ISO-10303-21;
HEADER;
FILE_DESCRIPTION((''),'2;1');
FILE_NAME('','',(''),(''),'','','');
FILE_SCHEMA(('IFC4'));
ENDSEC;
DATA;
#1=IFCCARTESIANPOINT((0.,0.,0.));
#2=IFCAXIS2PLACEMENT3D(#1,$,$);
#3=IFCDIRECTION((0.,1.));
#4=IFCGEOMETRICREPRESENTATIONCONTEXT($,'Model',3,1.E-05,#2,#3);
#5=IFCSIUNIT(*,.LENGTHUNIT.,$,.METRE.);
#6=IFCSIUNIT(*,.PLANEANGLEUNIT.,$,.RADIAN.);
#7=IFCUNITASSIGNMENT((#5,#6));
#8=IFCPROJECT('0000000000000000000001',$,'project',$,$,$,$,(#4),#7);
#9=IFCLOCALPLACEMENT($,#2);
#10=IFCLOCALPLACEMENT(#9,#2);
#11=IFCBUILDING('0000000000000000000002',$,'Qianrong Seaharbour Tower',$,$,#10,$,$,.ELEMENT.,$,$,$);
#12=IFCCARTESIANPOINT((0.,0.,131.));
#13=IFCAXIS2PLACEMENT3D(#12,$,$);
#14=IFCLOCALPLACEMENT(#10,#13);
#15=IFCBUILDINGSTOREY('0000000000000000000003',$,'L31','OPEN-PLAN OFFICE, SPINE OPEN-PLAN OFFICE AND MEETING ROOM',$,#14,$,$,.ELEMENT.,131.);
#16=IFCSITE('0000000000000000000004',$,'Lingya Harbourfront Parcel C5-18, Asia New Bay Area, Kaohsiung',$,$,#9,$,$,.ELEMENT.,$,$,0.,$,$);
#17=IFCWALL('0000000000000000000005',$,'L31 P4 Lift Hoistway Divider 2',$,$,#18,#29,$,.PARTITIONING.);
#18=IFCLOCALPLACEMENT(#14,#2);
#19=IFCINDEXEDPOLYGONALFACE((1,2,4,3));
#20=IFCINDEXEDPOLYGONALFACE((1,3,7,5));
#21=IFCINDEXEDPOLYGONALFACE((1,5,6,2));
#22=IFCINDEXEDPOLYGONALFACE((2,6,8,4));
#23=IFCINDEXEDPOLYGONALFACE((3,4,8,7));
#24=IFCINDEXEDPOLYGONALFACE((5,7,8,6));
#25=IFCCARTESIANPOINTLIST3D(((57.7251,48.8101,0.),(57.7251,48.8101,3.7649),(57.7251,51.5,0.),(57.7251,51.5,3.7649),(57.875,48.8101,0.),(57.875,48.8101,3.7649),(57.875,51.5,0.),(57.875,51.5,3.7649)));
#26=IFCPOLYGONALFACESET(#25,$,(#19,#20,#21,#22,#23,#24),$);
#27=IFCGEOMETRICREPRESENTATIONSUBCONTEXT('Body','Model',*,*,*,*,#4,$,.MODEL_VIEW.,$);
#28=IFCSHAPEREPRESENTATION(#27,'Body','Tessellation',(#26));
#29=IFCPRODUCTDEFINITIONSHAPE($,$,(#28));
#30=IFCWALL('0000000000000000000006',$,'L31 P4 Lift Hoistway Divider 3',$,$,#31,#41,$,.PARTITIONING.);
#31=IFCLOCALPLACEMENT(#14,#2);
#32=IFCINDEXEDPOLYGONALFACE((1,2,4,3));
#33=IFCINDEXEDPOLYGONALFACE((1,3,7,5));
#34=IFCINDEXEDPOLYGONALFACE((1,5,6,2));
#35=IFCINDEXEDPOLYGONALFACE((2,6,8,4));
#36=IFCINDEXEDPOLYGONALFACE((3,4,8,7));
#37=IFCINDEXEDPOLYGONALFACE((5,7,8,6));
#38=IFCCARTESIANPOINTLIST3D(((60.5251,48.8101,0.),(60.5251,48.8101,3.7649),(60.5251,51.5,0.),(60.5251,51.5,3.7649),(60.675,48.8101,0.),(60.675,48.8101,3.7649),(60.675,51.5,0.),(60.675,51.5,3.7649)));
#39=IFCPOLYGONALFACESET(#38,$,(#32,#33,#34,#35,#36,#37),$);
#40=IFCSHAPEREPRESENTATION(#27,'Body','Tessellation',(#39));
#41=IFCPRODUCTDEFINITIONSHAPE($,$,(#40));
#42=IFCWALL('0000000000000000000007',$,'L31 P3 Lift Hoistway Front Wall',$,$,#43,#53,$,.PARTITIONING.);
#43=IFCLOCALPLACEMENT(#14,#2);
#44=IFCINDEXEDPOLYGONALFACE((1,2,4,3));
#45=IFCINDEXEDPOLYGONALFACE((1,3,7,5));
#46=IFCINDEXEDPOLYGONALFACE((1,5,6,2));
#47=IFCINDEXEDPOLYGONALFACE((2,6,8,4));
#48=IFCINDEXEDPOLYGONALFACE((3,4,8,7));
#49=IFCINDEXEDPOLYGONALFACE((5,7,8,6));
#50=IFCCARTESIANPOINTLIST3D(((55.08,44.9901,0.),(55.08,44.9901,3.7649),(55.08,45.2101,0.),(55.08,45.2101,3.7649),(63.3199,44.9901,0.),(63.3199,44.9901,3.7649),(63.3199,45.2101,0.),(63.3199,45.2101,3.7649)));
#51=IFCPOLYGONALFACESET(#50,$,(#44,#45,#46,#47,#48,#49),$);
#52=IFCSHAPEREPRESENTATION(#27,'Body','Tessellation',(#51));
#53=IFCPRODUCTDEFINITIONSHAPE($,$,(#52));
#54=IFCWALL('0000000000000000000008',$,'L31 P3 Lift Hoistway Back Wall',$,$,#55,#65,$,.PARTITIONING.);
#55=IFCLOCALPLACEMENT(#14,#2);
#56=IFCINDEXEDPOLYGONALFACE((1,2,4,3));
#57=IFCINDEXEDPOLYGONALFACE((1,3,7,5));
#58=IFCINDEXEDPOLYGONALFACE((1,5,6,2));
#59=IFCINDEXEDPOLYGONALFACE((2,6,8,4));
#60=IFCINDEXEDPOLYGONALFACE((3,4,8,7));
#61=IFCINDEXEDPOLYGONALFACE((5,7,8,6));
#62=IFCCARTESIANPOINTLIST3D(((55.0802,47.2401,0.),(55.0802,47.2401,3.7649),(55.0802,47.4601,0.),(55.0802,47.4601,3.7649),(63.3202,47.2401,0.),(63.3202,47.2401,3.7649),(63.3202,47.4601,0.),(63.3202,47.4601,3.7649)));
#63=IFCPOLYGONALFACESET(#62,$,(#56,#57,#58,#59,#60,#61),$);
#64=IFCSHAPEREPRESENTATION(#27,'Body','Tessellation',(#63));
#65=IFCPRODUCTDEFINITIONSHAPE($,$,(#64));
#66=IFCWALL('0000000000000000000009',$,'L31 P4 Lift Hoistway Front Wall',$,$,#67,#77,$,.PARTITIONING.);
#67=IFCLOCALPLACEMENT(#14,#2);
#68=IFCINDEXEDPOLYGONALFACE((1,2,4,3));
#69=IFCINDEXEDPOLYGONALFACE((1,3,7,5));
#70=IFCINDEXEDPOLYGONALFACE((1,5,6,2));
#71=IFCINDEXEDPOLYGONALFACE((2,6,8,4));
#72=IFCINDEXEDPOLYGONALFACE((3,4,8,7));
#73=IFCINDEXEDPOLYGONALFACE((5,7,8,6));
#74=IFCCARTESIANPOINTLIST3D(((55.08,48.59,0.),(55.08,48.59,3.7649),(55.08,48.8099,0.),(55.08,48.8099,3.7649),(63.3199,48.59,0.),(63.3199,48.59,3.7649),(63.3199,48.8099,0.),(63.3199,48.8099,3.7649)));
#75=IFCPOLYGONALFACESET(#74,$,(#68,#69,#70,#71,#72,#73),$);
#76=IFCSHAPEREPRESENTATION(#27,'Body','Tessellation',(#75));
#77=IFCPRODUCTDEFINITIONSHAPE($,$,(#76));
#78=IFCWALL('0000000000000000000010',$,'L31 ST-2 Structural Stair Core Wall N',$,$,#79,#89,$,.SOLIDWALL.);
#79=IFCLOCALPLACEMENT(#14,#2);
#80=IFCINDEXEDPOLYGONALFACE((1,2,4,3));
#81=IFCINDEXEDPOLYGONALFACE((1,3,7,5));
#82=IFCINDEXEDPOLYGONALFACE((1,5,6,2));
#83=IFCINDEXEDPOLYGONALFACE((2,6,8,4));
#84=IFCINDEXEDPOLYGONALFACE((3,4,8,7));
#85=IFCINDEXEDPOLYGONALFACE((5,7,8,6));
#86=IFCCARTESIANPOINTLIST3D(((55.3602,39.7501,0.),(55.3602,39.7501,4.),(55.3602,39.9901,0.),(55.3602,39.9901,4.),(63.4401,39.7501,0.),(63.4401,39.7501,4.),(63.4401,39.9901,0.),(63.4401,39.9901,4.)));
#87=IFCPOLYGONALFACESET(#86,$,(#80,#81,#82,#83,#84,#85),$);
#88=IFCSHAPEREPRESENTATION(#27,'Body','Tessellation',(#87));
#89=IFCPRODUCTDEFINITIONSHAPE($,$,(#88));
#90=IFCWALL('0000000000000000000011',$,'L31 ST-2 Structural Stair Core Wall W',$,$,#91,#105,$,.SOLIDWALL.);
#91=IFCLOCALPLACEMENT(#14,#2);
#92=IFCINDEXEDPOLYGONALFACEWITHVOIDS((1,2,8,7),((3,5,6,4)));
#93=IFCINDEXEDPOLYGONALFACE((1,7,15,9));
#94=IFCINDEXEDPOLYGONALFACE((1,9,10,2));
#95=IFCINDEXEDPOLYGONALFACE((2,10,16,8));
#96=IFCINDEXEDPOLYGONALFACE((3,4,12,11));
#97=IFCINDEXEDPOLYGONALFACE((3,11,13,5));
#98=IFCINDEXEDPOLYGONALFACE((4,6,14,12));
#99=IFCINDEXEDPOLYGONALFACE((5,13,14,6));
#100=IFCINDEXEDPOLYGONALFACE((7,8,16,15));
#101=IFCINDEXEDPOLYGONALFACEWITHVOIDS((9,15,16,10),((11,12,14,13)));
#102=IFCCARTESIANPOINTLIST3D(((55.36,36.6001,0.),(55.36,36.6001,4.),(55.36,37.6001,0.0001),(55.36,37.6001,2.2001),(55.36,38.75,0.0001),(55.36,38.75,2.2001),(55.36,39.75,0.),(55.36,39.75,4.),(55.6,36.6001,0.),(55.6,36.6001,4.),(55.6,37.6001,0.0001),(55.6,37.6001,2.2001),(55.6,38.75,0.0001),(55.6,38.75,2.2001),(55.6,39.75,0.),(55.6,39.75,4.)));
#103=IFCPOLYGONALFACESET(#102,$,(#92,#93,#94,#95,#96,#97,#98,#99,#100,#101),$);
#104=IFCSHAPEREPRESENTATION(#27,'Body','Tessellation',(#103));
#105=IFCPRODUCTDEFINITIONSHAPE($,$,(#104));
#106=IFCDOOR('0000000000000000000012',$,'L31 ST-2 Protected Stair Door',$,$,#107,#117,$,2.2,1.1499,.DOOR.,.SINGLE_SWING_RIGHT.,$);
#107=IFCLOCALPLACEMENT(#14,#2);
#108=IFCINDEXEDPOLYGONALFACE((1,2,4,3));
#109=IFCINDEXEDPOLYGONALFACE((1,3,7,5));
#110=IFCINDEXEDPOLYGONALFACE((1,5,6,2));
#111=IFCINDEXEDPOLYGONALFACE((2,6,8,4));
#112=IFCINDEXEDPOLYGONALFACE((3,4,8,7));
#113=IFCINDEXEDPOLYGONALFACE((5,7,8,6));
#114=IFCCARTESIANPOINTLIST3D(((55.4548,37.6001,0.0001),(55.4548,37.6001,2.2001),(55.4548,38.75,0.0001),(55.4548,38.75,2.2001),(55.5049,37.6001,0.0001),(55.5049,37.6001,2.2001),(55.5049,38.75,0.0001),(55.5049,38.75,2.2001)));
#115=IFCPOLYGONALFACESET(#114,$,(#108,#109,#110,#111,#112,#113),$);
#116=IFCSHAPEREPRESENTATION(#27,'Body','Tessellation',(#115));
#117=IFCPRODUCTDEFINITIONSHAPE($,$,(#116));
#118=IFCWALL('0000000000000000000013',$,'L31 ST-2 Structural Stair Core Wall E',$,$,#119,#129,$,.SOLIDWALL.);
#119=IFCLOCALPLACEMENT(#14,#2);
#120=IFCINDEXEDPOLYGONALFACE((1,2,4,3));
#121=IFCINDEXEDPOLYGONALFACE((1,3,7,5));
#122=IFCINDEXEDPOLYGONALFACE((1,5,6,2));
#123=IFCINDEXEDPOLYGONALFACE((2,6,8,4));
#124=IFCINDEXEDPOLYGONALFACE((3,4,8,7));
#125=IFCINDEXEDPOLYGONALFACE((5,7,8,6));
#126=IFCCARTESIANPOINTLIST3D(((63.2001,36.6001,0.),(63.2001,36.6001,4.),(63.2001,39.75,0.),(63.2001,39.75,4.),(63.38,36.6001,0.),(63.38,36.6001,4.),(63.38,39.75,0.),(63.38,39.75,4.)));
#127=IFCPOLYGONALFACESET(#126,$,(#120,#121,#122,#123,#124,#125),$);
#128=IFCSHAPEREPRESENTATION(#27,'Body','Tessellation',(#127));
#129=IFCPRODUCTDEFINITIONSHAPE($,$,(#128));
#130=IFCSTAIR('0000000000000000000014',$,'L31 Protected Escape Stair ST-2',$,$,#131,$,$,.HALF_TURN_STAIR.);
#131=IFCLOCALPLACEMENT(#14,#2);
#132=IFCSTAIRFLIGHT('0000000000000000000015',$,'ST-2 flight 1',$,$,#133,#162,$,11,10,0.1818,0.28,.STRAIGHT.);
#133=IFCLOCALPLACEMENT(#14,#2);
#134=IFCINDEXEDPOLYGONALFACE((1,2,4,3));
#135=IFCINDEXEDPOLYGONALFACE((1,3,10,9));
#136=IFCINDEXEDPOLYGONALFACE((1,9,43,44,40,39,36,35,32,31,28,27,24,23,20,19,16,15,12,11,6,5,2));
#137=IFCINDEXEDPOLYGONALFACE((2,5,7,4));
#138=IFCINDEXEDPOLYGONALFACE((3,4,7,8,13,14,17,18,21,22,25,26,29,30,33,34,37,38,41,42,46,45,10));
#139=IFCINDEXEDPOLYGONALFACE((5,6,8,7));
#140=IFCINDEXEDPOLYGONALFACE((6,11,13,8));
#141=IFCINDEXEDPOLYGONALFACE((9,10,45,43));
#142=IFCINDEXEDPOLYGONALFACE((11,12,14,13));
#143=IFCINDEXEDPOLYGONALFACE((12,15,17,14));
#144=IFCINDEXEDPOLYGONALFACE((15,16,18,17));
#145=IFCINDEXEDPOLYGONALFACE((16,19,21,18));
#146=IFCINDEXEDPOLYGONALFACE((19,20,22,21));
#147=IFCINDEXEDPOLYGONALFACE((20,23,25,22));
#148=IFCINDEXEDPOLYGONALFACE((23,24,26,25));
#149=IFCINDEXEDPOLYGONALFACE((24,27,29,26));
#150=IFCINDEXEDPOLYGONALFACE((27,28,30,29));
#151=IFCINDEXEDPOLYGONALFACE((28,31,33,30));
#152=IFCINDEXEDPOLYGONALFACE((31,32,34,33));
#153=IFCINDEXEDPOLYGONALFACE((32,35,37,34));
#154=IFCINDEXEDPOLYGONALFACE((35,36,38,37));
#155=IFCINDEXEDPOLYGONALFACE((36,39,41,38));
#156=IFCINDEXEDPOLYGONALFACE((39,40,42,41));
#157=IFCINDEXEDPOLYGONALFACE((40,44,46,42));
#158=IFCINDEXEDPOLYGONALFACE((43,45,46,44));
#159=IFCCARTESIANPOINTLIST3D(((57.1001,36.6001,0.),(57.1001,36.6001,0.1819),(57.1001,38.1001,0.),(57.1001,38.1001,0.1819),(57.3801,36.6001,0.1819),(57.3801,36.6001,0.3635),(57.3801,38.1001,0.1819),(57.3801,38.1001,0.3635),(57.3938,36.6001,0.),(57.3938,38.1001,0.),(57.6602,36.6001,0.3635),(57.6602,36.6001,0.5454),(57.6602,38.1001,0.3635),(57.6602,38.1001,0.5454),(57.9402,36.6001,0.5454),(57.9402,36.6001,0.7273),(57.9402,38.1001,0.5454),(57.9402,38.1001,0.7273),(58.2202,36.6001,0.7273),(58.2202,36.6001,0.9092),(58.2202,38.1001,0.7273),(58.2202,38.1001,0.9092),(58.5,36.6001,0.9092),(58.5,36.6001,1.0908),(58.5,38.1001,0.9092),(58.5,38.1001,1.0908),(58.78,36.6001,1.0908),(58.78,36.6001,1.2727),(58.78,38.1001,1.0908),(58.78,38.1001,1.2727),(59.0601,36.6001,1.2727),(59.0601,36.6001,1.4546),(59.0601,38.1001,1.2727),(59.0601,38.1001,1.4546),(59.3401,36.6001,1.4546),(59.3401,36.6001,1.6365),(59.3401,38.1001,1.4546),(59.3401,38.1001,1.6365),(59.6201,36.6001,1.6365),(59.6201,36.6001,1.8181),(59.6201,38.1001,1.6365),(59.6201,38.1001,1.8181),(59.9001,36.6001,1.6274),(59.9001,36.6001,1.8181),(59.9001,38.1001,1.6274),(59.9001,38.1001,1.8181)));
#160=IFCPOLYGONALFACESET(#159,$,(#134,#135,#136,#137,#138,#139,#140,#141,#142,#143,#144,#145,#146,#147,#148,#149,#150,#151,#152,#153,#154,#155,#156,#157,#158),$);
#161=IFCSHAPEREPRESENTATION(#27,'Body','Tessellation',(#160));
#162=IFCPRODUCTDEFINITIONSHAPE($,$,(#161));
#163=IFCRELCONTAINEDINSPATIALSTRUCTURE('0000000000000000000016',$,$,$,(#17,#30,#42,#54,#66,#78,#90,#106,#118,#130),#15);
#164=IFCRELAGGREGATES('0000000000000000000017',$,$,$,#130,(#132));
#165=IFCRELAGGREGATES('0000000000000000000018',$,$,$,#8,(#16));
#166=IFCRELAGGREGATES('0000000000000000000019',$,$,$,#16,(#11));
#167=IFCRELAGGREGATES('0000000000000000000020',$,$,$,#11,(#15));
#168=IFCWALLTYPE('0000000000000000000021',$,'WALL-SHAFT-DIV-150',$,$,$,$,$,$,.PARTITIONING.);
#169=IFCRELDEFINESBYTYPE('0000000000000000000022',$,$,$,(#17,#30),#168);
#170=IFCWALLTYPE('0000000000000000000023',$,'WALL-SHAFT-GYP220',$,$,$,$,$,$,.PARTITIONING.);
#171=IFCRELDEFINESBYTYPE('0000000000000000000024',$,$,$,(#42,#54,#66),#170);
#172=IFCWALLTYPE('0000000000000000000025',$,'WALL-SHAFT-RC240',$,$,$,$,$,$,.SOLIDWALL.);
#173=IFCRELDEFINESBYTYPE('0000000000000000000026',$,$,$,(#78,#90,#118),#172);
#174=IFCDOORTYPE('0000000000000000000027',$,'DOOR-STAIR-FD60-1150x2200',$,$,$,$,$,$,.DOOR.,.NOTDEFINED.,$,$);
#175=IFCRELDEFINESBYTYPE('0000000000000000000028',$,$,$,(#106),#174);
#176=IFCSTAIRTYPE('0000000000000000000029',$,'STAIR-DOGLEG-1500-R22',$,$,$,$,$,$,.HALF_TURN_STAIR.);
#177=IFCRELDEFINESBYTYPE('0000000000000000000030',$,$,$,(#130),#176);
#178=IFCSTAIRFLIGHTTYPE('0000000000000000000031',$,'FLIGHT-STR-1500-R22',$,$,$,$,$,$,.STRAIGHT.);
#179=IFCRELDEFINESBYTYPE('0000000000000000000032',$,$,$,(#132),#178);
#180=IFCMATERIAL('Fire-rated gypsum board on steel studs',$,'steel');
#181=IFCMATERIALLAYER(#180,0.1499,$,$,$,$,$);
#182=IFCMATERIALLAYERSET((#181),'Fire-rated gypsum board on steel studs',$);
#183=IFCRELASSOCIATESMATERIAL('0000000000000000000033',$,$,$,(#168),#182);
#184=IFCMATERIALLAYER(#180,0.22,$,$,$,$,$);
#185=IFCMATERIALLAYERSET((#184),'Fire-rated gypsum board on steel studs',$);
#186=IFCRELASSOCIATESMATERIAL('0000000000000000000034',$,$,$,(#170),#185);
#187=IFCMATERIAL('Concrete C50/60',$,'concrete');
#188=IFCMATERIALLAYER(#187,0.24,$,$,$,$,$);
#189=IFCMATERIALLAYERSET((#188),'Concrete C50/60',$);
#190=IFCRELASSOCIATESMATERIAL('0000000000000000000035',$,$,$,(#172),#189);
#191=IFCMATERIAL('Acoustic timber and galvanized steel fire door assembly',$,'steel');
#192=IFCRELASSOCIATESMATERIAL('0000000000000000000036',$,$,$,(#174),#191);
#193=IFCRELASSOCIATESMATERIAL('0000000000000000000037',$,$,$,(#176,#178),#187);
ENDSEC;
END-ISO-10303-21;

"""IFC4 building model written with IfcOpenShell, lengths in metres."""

from ifc_helpers import new_model, si_unit, direction, frame, frame_2d, origin, place, context, subcontext, project, spatial, polyline, rectangle, outline, extrude, material, layer, layer_set, type_object, element, fill, aggregate, save


model = new_model("IFC4")

# Units and contexts
model_context = context("Model", 3, precision=1e-05, world=origin(), true_north=direction((0.0, 1.0)))
body_context = subcontext(model_context, "Body", "Model", "MODEL_VIEW")
ifc_project = project(units=[si_unit("LENGTHUNIT", "METRE"), si_unit("PLANEANGLEUNIT", "RADIAN")], contexts=[model_context])

# Site, building, storey
site_placement = place(None, origin())
site = spatial("IfcSite", under=ifc_project, at=site_placement, Name="Lingya Harbourfront Parcel C5-18, Asia New Bay Area, Kaohsiung", CompositionType="ELEMENT", RefElevation=0.0)
building_placement = place(site_placement, origin())
building = spatial("IfcBuilding", under=site, at=building_placement, Name="Qianrong Seaharbour Tower", CompositionType="ELEMENT")
storey_placement = place(building_placement, frame((0.0, 0.0, 131.0)))
storey = spatial("IfcBuildingStorey", under=building, at=storey_placement, Name="L31", Description="OPEN-PLAN OFFICE, SPINE OPEN-PLAN OFFICE AND MEETING ROOM", CompositionType="ELEMENT", Elevation=131.0)

# Shared definitions
ifc_material_1 = material(Name="Acoustic timber and galvanized steel fire door assembly", Category="steel")

# Walls
ifc_material_2 = material(Name="Fire-rated gypsum board on steel studs", Category="steel")
ifc_layer_1 = layer(ifc_material_2, 0.1499)
ifc_layer_set_1 = layer_set([ifc_layer_1], Name="Fire-rated gypsum board on steel studs")
wall_type_1 = type_object("IfcWallType", Name="WALL-SHAFT-DIV-150", PredefinedType="PARTITIONING", material=ifc_layer_set_1)
for number, where, z_axis, x_axis, name in (
    (1, (57.8, 48.8101, 0.0), (0.0, 0.0, 1.0), (0.0, 1.0, 0.0), "L31 P4 Lift Hoistway Divider 2"),
    (2, (60.6001, 48.8101, 0.0), (0.0, 0.0, 1.0), (0.0, 1.0, 0.0), "L31 P4 Lift Hoistway Divider 3"),
):
    element("IfcWall", number, at=place(storey_placement, frame(where, z_axis=z_axis, x_axis=x_axis)), inside=storey, type_object=wall_type_1, Name=name, PredefinedType="PARTITIONING", context=body_context, shape_type="SweptSolid", body=[
        extrude(rectangle(XDim=2.6899, YDim=0.1499, at=frame_2d((1.345, 0.0))), origin(), (0.0, 0.0, 1.0), 3.7649),
    ])
ifc_layer_2 = layer(ifc_material_2, 0.22)
ifc_layer_set_2 = layer_set([ifc_layer_2], Name="Fire-rated gypsum board on steel studs")
wall_type_2 = type_object("IfcWallType", Name="WALL-SHAFT-GYP220", PredefinedType="PARTITIONING", material=ifc_layer_set_2)
for number, where, z_axis, x_axis, name in (
    (3, (63.3201, 45.1001, 0.0), (0.0, 0.0, 1.0), (-1.0, 0.0, 0.0), "L31 P3 Lift Hoistway Front Wall"),
    (4, (55.0801, 47.3501, 0.0), (0.0, 0.0, 1.0), (1.0, 0.0, 0.0), "L31 P3 Lift Hoistway Back Wall"),
    (5, (63.3201, 48.7, 0.0), (0.0, 0.0, 1.0), (-1.0, 0.0, 0.0), "L31 P4 Lift Hoistway Front Wall"),
):
    element("IfcWall", number, at=place(storey_placement, frame(where, z_axis=z_axis, x_axis=x_axis)), inside=storey, type_object=wall_type_2, Name=name, PredefinedType="PARTITIONING", context=body_context, shape_type="SweptSolid", body=[
        extrude(rectangle(XDim=8.24, YDim=0.22, at=frame_2d((4.1201, 0.0))), origin(), (0.0, 0.0, 1.0), 3.7649),
    ])
ifc_material_3 = material(Name="Concrete C50/60", Category="concrete")
ifc_layer_3 = layer(ifc_material_3, 0.24)
ifc_layer_set_3 = layer_set([ifc_layer_3], Name="Concrete C50/60")
wall_type_3 = type_object("IfcWallType", Name="WALL-SHAFT-RC240", PredefinedType="SOLIDWALL", material=ifc_layer_set_3)
wall_1_placement = place(storey_placement, frame((55.3601, 39.8701, 0.0), z_axis=(0.0, 0.0, 1.0), x_axis=(1.0, 0.0, 0.0)))
element("IfcWall", 6, at=wall_1_placement, inside=storey, type_object=wall_type_3, Name="L31 ST-2 Structural Stair Core Wall N", PredefinedType="SOLIDWALL", context=body_context, shape_type="SweptSolid", body=[
    extrude(rectangle(XDim=8.0798, YDim=0.24, at=frame_2d((4.04, 0.0))), origin(), (0.0, 0.0, 1.0), 4.0),
])

# Wall, opening, door
wall_2_placement = place(storey_placement, frame((55.48, 39.75, 0.0), z_axis=(0.0, 0.0, 1.0), x_axis=(0.0, -1.0, 0.0)))
wall_2 = element("IfcWall", 7, at=wall_2_placement, inside=storey, type_object=wall_type_3, Name="L31 ST-2 Structural Stair Core Wall W", PredefinedType="SOLIDWALL", context=body_context, shape_type="SweptSolid", body=[
    extrude(rectangle(XDim=3.1499, YDim=0.24, at=frame_2d((1.575, 0.0))), origin(), (0.0, 0.0, 1.0), 4.0),
])
opening_1_placement = place(wall_2_placement, frame((1.0, 0.0, 0.0)))
opening_1 = element("IfcOpeningElement", 8, at=opening_1_placement, cuts=wall_2, PredefinedType="OPENING", context=body_context, shape_type="SweptSolid", body=[
    extrude(rectangle(XDim=1.1499, YDim=2.2, at=frame_2d((0.575, 1.1001))), frame((0.0, 0.1299, 0.0), z_axis=(0.0, -1.0, 0.0), x_axis=(1.0, 0.0, 0.0)), (0.0, 0.0, 1.0), 0.26),
])
door_type_1 = type_object("IfcDoorType", Name="DOOR-STAIR-FD60-1150x2200", OperationType="NOTDEFINED", PredefinedType="DOOR", material=ifc_material_1)
door_1_placement = place(opening_1_placement, origin())
door_1 = element("IfcDoor", 9, at=door_1_placement, inside=storey, type_object=door_type_1, Name="L31 ST-2 Protected Stair Door", OperationType="SINGLE_SWING_RIGHT", OverallHeight=2.2, OverallWidth=1.1499, PredefinedType="DOOR", context=body_context, shape_type="SweptSolid", body=[
    extrude(rectangle(XDim=1.1499, YDim=2.2, at=frame_2d((0.575, 1.1001))), frame((0.0, 0.0249, 0.0), z_axis=(0.0, -1.0, 0.0), x_axis=(1.0, 0.0, 0.0)), (0.0, 0.0, 1.0), 0.05),
])
fill(opening_1, door_1)

# Wall
wall_3_placement = place(storey_placement, frame((63.29, 36.6001, 0.0), z_axis=(0.0, 0.0, 1.0), x_axis=(0.0, 1.0, 0.0)))
element("IfcWall", 10, at=wall_3_placement, inside=storey, type_object=wall_type_3, Name="L31 ST-2 Structural Stair Core Wall E", PredefinedType="SOLIDWALL", context=body_context, shape_type="SweptSolid", body=[
    extrude(rectangle(XDim=3.1499, YDim=0.1799, at=frame_2d((1.575, 0.0))), origin(), (0.0, 0.0, 1.0), 4.0),
])

# Stair, stair flight
stair_type = type_object("IfcStairType", Name="STAIR-DOGLEG-1500-R22", PredefinedType="HALF_TURN_STAIR", material=ifc_material_3)
stair_placement = place(storey_placement, origin())
stair = element("IfcStair", 11, at=stair_placement, inside=storey, type_object=stair_type, Name="L31 Protected Escape Stair ST-2", PredefinedType="HALF_TURN_STAIR")
stair_flight_type = type_object("IfcStairFlightType", Name="FLIGHT-STR-1500-R22", PredefinedType="STRAIGHT", material=ifc_material_3)
stair_flight_1_placement = place(storey_placement, frame((57.1001, 37.3501, 0.0), z_axis=(0.0, 0.0, 1.0), x_axis=(1.0, 0.0, 0.0)))
stair_flight_1 = element("IfcStairFlight", 12, at=stair_flight_1_placement, type_object=stair_flight_type, Name="ST-2 flight 1", NumberOfRisers=11, NumberOfTreads=10, PredefinedType="STRAIGHT", RiserHeight=0.1818, TreadLength=0.28, context=body_context, shape_type="SweptSolid", body=[
    extrude(outline(polyline([(0.0, 0.0), (0.0, 0.1819), (0.28, 0.1819), (0.28, 0.3635), (0.5601, 0.3635), (0.5601, 0.5454), (0.8401, 0.5454), (0.8401, 0.7273), (1.1201, 0.7273), (1.1201, 0.9092), (1.3999, 0.9092), (1.3999, 1.0908), (1.6799, 1.0908), (1.6799, 1.2727), (1.96, 1.2727), (1.96, 1.4546), (2.24, 1.4546), (2.24, 1.6365), (2.52, 1.6365), (2.52, 1.8181), (2.8, 1.8181), (2.8, 2.0), (2.8, 1.6274), (0.2937, 0.0), (0.0, 0.0)])), frame((0.0, 0.75, 0.0), z_axis=(0.0, -1.0, 0.0), x_axis=(1.0, 0.0, 0.0)), (0.0, 0.0, 1.0), 1.5),
])
aggregate(stair, [stair_flight_1])

save(model, "model.ifc")
